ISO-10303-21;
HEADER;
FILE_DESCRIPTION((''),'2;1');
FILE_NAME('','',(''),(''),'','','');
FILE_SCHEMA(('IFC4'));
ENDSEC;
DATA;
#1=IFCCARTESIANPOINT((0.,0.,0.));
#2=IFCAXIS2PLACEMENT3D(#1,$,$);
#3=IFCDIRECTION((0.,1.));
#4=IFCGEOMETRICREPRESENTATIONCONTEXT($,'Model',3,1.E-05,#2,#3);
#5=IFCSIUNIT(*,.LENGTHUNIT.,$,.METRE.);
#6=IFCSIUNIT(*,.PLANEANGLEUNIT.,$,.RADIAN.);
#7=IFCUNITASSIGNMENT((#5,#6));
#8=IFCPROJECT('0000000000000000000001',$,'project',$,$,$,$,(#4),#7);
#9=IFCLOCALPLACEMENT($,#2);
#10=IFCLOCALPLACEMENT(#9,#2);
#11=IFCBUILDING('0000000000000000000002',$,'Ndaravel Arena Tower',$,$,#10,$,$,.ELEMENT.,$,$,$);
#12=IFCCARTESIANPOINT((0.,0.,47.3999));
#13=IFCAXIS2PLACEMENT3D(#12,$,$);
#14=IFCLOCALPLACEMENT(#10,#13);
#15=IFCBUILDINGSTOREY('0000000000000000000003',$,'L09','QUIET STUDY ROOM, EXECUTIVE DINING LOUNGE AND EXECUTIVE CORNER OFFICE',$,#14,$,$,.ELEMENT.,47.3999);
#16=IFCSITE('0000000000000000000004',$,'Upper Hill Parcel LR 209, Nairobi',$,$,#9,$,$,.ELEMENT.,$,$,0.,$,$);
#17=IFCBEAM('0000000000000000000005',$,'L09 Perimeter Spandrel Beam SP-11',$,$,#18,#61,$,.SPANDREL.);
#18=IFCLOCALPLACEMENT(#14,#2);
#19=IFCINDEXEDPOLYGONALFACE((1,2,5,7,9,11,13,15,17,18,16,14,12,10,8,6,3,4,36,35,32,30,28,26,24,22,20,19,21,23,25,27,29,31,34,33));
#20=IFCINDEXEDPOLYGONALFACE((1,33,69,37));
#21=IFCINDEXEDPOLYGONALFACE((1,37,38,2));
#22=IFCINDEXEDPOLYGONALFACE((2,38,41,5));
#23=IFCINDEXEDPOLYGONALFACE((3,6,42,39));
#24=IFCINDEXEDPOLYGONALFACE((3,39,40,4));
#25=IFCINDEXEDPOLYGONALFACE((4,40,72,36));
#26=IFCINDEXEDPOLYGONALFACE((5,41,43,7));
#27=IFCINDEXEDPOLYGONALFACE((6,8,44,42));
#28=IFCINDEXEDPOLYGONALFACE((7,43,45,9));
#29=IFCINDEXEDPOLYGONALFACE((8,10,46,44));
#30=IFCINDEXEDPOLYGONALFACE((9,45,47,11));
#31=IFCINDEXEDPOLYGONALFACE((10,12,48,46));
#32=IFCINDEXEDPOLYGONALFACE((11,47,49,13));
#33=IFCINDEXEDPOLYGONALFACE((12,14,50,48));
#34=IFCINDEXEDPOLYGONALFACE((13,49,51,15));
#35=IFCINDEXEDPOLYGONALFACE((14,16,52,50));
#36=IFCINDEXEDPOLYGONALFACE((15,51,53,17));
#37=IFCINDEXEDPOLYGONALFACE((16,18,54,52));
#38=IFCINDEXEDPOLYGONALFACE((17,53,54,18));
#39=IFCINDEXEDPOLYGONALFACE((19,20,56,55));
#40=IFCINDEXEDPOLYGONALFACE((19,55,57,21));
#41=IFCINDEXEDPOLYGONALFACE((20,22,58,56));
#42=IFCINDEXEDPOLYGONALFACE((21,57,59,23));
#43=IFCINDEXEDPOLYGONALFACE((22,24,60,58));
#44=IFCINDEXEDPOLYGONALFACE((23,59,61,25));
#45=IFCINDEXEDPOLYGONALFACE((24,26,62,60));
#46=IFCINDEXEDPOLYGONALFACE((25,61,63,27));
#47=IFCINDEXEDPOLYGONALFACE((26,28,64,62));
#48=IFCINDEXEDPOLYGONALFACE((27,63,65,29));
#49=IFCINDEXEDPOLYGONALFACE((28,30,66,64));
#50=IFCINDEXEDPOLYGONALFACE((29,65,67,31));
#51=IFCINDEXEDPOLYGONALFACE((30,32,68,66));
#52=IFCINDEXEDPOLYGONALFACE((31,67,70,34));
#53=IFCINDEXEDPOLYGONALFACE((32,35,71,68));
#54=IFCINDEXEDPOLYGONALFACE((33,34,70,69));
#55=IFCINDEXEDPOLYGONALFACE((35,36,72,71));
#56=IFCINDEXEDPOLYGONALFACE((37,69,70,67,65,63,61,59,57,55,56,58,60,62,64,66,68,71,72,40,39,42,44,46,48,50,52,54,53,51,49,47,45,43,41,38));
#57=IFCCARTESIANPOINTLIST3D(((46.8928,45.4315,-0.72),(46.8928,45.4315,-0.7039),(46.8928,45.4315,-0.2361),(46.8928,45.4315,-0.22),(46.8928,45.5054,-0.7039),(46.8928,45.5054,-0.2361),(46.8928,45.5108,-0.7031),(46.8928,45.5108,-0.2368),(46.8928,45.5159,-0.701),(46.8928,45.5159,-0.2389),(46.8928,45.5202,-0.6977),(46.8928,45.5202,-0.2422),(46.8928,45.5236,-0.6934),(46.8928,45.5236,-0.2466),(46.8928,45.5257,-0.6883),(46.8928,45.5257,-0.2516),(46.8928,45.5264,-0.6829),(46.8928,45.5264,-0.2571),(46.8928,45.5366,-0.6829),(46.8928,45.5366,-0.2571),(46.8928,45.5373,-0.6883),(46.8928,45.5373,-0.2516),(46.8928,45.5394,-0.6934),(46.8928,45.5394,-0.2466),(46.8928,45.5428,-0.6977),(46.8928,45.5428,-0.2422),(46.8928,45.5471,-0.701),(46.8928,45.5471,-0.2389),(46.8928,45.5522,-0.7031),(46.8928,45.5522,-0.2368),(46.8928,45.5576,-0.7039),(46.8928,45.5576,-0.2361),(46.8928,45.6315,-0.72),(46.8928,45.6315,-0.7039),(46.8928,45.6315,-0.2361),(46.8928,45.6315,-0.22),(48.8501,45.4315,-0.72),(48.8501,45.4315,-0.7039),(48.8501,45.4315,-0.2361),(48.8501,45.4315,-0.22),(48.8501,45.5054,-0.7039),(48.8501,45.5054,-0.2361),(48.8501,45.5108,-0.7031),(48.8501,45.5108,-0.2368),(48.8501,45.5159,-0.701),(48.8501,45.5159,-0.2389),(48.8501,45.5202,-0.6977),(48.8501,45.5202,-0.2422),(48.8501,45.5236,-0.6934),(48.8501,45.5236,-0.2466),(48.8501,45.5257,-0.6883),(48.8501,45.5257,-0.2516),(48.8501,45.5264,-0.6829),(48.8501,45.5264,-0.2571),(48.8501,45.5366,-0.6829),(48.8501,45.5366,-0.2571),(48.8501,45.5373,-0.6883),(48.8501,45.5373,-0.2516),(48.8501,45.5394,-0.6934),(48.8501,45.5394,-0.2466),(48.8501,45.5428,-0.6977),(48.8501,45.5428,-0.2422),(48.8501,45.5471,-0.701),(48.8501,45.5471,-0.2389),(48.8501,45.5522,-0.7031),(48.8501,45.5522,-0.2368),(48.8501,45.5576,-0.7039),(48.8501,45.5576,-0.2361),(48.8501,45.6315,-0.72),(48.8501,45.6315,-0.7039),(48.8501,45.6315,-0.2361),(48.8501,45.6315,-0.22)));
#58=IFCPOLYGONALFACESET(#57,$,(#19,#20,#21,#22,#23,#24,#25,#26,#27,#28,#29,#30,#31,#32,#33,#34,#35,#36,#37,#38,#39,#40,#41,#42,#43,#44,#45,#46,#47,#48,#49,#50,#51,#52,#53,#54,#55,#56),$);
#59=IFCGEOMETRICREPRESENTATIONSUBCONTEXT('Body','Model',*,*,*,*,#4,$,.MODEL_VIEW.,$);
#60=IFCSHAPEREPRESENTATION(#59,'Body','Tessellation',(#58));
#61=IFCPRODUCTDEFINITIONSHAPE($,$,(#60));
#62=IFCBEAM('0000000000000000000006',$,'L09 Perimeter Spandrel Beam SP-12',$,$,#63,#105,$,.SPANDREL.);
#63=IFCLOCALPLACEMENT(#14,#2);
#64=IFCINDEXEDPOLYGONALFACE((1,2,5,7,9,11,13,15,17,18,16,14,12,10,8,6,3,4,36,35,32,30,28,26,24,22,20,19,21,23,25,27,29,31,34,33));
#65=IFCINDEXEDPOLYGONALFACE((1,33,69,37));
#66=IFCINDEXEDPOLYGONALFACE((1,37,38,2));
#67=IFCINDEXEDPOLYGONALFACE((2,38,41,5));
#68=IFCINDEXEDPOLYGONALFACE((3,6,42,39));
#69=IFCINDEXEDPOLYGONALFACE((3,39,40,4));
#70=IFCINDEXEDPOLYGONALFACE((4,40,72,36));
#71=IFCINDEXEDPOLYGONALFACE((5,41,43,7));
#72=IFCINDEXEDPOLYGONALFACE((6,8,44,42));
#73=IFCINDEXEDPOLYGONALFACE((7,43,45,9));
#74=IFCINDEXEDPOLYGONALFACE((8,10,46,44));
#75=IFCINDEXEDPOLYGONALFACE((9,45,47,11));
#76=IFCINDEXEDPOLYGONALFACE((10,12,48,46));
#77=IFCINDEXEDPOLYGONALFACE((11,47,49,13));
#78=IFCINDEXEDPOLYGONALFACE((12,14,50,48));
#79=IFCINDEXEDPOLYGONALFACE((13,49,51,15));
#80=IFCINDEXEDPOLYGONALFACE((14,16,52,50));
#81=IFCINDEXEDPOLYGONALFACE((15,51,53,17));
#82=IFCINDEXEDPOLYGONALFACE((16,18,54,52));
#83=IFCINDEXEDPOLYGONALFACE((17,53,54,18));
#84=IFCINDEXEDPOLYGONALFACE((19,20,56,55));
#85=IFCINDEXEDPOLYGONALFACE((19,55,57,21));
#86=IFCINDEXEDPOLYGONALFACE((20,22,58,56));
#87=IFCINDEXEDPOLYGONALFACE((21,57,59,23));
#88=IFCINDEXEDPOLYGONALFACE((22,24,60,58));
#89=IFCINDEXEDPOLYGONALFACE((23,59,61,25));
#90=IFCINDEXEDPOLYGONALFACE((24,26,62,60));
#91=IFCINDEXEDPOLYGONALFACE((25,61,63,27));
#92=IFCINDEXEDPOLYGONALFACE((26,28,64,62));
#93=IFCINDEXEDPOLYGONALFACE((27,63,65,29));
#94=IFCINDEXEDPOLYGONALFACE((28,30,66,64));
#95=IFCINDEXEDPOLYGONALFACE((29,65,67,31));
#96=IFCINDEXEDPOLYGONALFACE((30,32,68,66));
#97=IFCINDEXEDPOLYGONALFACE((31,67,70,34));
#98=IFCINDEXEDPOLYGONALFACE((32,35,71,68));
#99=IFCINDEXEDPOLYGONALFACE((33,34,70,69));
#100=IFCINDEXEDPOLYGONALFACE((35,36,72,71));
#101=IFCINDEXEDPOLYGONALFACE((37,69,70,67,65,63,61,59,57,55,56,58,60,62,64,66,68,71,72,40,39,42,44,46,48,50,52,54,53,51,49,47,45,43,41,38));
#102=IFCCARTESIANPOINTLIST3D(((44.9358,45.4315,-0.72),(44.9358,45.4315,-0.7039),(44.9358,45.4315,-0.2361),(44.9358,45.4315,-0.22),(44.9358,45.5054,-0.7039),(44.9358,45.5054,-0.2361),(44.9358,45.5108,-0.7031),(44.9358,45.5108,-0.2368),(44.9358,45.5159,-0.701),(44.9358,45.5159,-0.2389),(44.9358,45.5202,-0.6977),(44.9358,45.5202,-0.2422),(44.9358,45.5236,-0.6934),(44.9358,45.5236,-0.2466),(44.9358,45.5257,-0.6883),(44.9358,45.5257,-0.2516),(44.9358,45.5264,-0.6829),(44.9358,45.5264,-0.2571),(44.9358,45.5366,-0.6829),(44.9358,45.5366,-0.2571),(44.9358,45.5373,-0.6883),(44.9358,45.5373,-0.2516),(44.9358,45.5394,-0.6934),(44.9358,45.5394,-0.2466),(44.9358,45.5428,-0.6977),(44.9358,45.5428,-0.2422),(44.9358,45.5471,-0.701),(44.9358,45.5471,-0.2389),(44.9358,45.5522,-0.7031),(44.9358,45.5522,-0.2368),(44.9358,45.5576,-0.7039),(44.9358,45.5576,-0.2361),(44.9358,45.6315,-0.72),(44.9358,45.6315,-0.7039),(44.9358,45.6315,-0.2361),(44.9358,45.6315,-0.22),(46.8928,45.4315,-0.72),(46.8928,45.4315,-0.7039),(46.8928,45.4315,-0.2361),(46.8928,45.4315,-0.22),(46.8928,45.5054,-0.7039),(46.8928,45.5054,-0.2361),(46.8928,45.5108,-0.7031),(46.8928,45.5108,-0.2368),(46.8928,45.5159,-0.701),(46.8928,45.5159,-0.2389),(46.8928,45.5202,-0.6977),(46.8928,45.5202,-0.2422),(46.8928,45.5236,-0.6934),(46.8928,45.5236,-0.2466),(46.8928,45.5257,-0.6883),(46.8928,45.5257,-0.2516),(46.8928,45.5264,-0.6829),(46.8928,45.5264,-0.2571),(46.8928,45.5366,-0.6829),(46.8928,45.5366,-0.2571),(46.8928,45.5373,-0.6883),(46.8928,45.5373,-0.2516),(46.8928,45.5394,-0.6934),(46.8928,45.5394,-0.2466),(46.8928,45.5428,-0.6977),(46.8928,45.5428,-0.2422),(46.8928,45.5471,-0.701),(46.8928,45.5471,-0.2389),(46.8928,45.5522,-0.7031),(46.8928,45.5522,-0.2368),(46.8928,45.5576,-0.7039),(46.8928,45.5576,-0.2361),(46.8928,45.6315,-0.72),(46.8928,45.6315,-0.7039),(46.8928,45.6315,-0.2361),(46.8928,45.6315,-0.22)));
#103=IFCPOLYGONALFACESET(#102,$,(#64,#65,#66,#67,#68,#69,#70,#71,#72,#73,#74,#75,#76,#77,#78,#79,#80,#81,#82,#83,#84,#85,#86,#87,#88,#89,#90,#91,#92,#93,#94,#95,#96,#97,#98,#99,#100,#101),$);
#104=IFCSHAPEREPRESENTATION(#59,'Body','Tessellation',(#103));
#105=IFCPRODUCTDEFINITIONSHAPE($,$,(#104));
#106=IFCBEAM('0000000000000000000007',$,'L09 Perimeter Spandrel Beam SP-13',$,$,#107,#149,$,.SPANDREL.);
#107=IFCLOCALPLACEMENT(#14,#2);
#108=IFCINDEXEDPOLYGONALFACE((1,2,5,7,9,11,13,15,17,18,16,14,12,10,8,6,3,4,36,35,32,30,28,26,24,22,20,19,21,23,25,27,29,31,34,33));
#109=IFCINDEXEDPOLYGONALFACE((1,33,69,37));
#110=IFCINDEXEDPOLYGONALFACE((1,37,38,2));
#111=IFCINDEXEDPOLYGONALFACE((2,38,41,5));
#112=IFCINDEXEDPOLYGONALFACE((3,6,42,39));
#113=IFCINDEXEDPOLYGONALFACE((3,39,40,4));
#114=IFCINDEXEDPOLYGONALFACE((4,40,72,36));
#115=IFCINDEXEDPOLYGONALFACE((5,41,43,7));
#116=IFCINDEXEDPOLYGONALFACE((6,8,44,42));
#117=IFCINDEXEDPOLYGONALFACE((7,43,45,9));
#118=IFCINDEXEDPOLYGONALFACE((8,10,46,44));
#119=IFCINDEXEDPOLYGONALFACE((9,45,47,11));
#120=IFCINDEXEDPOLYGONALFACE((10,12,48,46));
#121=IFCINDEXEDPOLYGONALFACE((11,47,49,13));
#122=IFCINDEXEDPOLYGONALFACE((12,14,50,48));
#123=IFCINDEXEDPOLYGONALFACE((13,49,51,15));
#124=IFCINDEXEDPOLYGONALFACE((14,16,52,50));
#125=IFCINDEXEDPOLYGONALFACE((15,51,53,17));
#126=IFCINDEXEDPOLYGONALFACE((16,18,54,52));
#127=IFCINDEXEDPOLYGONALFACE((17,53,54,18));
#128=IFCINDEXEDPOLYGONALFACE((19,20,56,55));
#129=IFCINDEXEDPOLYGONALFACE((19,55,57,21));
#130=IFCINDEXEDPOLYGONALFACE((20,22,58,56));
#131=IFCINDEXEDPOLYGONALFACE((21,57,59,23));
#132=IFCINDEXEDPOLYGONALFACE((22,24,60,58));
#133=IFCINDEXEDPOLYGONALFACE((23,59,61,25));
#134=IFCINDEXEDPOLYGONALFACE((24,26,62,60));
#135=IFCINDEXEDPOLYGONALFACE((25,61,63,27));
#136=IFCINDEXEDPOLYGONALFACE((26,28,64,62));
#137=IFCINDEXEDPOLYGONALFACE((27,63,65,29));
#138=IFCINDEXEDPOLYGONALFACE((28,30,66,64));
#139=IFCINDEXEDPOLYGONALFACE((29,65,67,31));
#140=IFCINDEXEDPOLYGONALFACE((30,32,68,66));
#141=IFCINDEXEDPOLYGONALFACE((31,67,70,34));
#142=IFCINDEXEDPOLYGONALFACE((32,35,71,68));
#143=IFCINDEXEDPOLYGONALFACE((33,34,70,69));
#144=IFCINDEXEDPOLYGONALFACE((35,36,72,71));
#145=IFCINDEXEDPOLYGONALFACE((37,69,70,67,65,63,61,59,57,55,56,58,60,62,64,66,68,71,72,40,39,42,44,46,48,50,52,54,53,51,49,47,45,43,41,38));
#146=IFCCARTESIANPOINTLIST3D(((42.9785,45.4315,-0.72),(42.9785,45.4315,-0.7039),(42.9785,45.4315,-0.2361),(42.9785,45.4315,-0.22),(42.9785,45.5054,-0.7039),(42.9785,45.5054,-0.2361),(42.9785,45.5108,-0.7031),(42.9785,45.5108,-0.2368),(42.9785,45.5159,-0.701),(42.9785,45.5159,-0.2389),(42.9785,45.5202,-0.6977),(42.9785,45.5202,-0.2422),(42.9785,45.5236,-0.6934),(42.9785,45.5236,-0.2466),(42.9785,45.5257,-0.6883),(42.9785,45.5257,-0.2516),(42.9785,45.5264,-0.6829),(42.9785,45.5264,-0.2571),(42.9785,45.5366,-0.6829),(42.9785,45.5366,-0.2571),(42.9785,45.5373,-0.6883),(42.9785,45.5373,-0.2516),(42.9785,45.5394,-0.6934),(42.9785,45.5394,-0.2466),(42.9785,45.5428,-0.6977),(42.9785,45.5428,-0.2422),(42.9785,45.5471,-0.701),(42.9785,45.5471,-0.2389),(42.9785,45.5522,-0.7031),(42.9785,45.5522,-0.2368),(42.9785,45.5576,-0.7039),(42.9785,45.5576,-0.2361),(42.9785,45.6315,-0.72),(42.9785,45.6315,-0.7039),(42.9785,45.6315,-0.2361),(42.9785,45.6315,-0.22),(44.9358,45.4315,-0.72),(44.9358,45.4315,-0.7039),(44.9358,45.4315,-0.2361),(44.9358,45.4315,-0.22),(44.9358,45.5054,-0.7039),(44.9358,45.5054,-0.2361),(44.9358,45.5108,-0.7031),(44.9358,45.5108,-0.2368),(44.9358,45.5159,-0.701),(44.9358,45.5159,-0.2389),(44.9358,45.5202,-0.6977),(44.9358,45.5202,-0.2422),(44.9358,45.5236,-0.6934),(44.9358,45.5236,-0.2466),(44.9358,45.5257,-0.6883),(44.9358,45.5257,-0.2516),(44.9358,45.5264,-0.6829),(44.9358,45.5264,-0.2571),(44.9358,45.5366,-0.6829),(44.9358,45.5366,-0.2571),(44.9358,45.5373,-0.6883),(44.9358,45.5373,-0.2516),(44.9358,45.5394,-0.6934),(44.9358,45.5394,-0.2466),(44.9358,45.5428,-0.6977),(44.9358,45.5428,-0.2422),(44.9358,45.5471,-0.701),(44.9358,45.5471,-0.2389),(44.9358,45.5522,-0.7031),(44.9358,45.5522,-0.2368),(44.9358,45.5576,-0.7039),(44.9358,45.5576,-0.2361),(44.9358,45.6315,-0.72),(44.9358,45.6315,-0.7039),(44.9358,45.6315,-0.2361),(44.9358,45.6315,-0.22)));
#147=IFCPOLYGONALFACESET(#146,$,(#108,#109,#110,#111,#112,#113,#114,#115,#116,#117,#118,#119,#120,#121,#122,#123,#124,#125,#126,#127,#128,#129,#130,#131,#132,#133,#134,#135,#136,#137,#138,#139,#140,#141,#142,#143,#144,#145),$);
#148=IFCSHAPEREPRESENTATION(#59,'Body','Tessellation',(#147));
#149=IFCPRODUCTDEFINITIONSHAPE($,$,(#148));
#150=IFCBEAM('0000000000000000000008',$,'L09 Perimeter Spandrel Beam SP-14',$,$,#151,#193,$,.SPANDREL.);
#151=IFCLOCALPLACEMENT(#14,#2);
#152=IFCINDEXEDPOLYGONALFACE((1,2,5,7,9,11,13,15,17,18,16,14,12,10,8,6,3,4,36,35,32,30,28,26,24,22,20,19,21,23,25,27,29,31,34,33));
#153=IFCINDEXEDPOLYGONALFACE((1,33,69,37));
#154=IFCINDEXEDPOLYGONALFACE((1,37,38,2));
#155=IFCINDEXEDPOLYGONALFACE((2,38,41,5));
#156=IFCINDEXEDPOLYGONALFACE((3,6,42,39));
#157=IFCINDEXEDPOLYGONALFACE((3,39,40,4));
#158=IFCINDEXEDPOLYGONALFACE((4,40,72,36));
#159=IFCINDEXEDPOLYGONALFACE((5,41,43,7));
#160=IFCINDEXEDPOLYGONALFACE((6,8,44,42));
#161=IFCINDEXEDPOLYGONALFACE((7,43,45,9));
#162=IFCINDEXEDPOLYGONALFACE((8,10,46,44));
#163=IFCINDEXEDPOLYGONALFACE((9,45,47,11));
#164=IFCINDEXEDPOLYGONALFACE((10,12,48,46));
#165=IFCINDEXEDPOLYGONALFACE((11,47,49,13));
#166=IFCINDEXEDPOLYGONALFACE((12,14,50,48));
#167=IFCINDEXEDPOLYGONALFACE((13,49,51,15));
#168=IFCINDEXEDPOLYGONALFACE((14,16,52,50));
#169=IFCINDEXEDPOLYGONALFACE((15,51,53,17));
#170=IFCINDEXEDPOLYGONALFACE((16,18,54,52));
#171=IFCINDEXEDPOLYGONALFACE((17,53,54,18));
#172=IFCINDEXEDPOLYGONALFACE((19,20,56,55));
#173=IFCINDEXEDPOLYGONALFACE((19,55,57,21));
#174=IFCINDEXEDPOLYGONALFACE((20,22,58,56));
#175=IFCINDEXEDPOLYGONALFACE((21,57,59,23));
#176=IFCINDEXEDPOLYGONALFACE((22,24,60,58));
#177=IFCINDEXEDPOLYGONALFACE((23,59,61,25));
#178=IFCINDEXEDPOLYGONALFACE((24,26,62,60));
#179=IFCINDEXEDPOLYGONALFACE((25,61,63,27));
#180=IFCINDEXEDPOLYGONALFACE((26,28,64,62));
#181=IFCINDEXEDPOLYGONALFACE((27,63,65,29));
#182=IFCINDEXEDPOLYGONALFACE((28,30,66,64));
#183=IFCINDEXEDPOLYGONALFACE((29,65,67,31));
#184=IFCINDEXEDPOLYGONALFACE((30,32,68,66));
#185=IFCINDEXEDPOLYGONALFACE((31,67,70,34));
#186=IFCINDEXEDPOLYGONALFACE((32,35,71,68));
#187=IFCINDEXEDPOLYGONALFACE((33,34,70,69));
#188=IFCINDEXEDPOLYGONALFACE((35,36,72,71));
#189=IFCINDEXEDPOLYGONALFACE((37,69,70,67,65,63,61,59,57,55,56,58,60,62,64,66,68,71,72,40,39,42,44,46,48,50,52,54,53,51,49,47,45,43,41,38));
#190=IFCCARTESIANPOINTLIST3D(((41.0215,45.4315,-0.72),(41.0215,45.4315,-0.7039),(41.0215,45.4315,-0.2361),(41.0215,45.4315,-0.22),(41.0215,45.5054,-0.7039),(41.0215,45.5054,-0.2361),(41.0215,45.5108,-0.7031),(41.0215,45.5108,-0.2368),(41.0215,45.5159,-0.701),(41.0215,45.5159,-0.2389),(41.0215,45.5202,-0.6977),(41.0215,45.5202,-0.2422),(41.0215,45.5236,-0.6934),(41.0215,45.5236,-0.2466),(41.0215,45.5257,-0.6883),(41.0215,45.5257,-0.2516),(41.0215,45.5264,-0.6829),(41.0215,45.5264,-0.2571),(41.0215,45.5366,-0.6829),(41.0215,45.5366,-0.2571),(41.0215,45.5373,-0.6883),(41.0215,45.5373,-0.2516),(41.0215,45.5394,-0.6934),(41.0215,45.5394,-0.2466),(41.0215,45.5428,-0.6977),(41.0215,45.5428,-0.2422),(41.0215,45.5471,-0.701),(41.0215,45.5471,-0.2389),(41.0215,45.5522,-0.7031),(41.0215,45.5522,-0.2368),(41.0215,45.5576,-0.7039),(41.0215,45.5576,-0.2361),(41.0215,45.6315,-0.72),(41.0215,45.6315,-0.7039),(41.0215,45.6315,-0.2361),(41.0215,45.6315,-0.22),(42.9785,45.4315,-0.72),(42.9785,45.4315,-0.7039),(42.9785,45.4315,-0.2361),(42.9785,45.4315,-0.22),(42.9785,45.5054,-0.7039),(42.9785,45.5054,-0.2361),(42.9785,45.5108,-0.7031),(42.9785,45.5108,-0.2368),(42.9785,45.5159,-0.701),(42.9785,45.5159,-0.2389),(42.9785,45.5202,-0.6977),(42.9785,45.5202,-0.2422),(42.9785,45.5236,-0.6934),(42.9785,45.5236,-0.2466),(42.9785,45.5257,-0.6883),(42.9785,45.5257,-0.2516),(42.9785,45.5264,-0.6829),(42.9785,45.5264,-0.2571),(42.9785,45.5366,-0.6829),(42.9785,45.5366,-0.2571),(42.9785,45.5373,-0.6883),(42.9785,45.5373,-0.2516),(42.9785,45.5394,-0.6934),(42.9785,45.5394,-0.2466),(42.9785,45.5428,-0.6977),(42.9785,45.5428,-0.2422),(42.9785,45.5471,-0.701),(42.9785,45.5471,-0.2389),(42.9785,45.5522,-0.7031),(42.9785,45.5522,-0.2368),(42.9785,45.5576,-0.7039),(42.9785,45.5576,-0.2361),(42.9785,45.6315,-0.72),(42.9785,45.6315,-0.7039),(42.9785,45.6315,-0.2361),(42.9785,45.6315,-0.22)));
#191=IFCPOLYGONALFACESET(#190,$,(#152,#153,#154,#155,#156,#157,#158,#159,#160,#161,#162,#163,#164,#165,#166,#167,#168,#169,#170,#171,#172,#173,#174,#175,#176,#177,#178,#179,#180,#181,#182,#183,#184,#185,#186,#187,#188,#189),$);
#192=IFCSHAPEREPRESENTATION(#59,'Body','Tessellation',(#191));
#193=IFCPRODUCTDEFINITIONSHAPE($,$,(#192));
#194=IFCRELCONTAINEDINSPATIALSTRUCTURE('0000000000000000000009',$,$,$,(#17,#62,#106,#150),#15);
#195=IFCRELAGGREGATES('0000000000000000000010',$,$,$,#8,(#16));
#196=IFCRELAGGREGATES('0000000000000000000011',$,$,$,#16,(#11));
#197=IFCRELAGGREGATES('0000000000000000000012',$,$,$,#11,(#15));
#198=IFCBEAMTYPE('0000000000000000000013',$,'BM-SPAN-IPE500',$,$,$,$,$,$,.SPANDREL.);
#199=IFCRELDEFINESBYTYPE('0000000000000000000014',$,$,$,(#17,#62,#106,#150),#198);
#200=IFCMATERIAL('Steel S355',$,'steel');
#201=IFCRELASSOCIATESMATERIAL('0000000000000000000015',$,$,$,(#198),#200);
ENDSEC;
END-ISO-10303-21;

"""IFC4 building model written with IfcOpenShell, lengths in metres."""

from ifc_helpers import new_model, si_unit, direction, frame, origin, origin_2d, place, context, subcontext, project, spatial, i_section, extrude, material, material_profile, profile_set, type_object, element, save


model = new_model("IFC4")

# Units and contexts
model_context = context("Model", 3, precision=1e-05, world=origin(), true_north=direction((0.0, 1.0)))
body_context = subcontext(model_context, "Body", "Model", "MODEL_VIEW")
ifc_project = project(units=[si_unit("LENGTHUNIT", "METRE"), si_unit("PLANEANGLEUNIT", "RADIAN")], contexts=[model_context])

# Site, building, storey
site_placement = place(None, origin())
site = spatial("IfcSite", under=ifc_project, at=site_placement, Name="Upper Hill Parcel LR 209, Nairobi", CompositionType="ELEMENT", RefElevation=0.0)
building_placement = place(site_placement, origin())
building = spatial("IfcBuilding", under=site, at=building_placement, Name="Ndaravel Arena Tower", CompositionType="ELEMENT")
storey_placement = place(building_placement, frame((0.0, 0.0, 47.3999)))
storey = spatial("IfcBuildingStorey", under=building, at=storey_placement, Name="L09", Description="QUIET STUDY ROOM, EXECUTIVE DINING LOUNGE AND EXECUTIVE CORNER OFFICE", CompositionType="ELEMENT", Elevation=47.3999)

# Beams
ifc_material_1 = material(Name="Steel S355", Category="steel")
ifc_material_profile_1 = material_profile(ifc_material_1, i_section(OverallWidth=0.2, OverallDepth=0.5, WebThickness=0.0103, FlangeThickness=0.0161, FilletRadius=0.021, at=origin_2d()), Name="IPE 500")
ifc_profile_set_1 = profile_set([ifc_material_profile_1], Name="Steel S355")
beam_type_1 = type_object("IfcBeamType", Name="BM-SPAN-IPE500", PredefinedType="SPANDREL", material=ifc_profile_set_1)
beam_1_placement = place(storey_placement, frame((48.8501, 45.5315, -0.47), z_axis=(-1.0, 0.0, 0.0), x_axis=(0.0, -1.0, 0.0)))
element("IfcBeam", 1, at=beam_1_placement, inside=storey, type_object=beam_type_1, Name="L09 Perimeter Spandrel Beam SP-11", PredefinedType="SPANDREL", context=body_context, shape_type="SweptSolid", body=[
    extrude(i_section(OverallWidth=0.2, OverallDepth=0.5, WebThickness=0.0103, FlangeThickness=0.0161, FilletRadius=0.021, at=origin_2d()), origin(), (0.0, 0.0, 1.0), 1.9573),
])
beam_2_placement = place(storey_placement, frame((46.8928, 45.5315, -0.47), z_axis=(-1.0, 0.0, 0.0), x_axis=(0.0, -1.0, 0.0)))
element("IfcBeam", 2, at=beam_2_placement, inside=storey, type_object=beam_type_1, Name="L09 Perimeter Spandrel Beam SP-12", PredefinedType="SPANDREL", context=body_context, shape_type="SweptSolid", body=[
    extrude(i_section(OverallWidth=0.2, OverallDepth=0.5, WebThickness=0.0103, FlangeThickness=0.0161, FilletRadius=0.021, at=origin_2d()), origin(), (0.0, 0.0, 1.0), 1.957),
])
beam_3_placement = place(storey_placement, frame((44.9358, 45.5315, -0.47), z_axis=(-1.0, 0.0, 0.0), x_axis=(0.0, -1.0, 0.0)))
element("IfcBeam", 3, at=beam_3_placement, inside=storey, type_object=beam_type_1, Name="L09 Perimeter Spandrel Beam SP-13", PredefinedType="SPANDREL", context=body_context, shape_type="SweptSolid", body=[
    extrude(i_section(OverallWidth=0.2, OverallDepth=0.5, WebThickness=0.0103, FlangeThickness=0.0161, FilletRadius=0.021, at=origin_2d()), origin(), (0.0, 0.0, 1.0), 1.9573),
])
beam_4_placement = place(storey_placement, frame((42.9785, 45.5315, -0.47), z_axis=(-1.0, 0.0, 0.0), x_axis=(0.0, -1.0, 0.0)))
element("IfcBeam", 4, at=beam_4_placement, inside=storey, type_object=beam_type_1, Name="L09 Perimeter Spandrel Beam SP-14", PredefinedType="SPANDREL", context=body_context, shape_type="SweptSolid", body=[
    extrude(i_section(OverallWidth=0.2, OverallDepth=0.5, WebThickness=0.0103, FlangeThickness=0.0161, FilletRadius=0.021, at=origin_2d()), origin(), (0.0, 0.0, 1.0), 1.957),
])

save(model, "model.ifc")
